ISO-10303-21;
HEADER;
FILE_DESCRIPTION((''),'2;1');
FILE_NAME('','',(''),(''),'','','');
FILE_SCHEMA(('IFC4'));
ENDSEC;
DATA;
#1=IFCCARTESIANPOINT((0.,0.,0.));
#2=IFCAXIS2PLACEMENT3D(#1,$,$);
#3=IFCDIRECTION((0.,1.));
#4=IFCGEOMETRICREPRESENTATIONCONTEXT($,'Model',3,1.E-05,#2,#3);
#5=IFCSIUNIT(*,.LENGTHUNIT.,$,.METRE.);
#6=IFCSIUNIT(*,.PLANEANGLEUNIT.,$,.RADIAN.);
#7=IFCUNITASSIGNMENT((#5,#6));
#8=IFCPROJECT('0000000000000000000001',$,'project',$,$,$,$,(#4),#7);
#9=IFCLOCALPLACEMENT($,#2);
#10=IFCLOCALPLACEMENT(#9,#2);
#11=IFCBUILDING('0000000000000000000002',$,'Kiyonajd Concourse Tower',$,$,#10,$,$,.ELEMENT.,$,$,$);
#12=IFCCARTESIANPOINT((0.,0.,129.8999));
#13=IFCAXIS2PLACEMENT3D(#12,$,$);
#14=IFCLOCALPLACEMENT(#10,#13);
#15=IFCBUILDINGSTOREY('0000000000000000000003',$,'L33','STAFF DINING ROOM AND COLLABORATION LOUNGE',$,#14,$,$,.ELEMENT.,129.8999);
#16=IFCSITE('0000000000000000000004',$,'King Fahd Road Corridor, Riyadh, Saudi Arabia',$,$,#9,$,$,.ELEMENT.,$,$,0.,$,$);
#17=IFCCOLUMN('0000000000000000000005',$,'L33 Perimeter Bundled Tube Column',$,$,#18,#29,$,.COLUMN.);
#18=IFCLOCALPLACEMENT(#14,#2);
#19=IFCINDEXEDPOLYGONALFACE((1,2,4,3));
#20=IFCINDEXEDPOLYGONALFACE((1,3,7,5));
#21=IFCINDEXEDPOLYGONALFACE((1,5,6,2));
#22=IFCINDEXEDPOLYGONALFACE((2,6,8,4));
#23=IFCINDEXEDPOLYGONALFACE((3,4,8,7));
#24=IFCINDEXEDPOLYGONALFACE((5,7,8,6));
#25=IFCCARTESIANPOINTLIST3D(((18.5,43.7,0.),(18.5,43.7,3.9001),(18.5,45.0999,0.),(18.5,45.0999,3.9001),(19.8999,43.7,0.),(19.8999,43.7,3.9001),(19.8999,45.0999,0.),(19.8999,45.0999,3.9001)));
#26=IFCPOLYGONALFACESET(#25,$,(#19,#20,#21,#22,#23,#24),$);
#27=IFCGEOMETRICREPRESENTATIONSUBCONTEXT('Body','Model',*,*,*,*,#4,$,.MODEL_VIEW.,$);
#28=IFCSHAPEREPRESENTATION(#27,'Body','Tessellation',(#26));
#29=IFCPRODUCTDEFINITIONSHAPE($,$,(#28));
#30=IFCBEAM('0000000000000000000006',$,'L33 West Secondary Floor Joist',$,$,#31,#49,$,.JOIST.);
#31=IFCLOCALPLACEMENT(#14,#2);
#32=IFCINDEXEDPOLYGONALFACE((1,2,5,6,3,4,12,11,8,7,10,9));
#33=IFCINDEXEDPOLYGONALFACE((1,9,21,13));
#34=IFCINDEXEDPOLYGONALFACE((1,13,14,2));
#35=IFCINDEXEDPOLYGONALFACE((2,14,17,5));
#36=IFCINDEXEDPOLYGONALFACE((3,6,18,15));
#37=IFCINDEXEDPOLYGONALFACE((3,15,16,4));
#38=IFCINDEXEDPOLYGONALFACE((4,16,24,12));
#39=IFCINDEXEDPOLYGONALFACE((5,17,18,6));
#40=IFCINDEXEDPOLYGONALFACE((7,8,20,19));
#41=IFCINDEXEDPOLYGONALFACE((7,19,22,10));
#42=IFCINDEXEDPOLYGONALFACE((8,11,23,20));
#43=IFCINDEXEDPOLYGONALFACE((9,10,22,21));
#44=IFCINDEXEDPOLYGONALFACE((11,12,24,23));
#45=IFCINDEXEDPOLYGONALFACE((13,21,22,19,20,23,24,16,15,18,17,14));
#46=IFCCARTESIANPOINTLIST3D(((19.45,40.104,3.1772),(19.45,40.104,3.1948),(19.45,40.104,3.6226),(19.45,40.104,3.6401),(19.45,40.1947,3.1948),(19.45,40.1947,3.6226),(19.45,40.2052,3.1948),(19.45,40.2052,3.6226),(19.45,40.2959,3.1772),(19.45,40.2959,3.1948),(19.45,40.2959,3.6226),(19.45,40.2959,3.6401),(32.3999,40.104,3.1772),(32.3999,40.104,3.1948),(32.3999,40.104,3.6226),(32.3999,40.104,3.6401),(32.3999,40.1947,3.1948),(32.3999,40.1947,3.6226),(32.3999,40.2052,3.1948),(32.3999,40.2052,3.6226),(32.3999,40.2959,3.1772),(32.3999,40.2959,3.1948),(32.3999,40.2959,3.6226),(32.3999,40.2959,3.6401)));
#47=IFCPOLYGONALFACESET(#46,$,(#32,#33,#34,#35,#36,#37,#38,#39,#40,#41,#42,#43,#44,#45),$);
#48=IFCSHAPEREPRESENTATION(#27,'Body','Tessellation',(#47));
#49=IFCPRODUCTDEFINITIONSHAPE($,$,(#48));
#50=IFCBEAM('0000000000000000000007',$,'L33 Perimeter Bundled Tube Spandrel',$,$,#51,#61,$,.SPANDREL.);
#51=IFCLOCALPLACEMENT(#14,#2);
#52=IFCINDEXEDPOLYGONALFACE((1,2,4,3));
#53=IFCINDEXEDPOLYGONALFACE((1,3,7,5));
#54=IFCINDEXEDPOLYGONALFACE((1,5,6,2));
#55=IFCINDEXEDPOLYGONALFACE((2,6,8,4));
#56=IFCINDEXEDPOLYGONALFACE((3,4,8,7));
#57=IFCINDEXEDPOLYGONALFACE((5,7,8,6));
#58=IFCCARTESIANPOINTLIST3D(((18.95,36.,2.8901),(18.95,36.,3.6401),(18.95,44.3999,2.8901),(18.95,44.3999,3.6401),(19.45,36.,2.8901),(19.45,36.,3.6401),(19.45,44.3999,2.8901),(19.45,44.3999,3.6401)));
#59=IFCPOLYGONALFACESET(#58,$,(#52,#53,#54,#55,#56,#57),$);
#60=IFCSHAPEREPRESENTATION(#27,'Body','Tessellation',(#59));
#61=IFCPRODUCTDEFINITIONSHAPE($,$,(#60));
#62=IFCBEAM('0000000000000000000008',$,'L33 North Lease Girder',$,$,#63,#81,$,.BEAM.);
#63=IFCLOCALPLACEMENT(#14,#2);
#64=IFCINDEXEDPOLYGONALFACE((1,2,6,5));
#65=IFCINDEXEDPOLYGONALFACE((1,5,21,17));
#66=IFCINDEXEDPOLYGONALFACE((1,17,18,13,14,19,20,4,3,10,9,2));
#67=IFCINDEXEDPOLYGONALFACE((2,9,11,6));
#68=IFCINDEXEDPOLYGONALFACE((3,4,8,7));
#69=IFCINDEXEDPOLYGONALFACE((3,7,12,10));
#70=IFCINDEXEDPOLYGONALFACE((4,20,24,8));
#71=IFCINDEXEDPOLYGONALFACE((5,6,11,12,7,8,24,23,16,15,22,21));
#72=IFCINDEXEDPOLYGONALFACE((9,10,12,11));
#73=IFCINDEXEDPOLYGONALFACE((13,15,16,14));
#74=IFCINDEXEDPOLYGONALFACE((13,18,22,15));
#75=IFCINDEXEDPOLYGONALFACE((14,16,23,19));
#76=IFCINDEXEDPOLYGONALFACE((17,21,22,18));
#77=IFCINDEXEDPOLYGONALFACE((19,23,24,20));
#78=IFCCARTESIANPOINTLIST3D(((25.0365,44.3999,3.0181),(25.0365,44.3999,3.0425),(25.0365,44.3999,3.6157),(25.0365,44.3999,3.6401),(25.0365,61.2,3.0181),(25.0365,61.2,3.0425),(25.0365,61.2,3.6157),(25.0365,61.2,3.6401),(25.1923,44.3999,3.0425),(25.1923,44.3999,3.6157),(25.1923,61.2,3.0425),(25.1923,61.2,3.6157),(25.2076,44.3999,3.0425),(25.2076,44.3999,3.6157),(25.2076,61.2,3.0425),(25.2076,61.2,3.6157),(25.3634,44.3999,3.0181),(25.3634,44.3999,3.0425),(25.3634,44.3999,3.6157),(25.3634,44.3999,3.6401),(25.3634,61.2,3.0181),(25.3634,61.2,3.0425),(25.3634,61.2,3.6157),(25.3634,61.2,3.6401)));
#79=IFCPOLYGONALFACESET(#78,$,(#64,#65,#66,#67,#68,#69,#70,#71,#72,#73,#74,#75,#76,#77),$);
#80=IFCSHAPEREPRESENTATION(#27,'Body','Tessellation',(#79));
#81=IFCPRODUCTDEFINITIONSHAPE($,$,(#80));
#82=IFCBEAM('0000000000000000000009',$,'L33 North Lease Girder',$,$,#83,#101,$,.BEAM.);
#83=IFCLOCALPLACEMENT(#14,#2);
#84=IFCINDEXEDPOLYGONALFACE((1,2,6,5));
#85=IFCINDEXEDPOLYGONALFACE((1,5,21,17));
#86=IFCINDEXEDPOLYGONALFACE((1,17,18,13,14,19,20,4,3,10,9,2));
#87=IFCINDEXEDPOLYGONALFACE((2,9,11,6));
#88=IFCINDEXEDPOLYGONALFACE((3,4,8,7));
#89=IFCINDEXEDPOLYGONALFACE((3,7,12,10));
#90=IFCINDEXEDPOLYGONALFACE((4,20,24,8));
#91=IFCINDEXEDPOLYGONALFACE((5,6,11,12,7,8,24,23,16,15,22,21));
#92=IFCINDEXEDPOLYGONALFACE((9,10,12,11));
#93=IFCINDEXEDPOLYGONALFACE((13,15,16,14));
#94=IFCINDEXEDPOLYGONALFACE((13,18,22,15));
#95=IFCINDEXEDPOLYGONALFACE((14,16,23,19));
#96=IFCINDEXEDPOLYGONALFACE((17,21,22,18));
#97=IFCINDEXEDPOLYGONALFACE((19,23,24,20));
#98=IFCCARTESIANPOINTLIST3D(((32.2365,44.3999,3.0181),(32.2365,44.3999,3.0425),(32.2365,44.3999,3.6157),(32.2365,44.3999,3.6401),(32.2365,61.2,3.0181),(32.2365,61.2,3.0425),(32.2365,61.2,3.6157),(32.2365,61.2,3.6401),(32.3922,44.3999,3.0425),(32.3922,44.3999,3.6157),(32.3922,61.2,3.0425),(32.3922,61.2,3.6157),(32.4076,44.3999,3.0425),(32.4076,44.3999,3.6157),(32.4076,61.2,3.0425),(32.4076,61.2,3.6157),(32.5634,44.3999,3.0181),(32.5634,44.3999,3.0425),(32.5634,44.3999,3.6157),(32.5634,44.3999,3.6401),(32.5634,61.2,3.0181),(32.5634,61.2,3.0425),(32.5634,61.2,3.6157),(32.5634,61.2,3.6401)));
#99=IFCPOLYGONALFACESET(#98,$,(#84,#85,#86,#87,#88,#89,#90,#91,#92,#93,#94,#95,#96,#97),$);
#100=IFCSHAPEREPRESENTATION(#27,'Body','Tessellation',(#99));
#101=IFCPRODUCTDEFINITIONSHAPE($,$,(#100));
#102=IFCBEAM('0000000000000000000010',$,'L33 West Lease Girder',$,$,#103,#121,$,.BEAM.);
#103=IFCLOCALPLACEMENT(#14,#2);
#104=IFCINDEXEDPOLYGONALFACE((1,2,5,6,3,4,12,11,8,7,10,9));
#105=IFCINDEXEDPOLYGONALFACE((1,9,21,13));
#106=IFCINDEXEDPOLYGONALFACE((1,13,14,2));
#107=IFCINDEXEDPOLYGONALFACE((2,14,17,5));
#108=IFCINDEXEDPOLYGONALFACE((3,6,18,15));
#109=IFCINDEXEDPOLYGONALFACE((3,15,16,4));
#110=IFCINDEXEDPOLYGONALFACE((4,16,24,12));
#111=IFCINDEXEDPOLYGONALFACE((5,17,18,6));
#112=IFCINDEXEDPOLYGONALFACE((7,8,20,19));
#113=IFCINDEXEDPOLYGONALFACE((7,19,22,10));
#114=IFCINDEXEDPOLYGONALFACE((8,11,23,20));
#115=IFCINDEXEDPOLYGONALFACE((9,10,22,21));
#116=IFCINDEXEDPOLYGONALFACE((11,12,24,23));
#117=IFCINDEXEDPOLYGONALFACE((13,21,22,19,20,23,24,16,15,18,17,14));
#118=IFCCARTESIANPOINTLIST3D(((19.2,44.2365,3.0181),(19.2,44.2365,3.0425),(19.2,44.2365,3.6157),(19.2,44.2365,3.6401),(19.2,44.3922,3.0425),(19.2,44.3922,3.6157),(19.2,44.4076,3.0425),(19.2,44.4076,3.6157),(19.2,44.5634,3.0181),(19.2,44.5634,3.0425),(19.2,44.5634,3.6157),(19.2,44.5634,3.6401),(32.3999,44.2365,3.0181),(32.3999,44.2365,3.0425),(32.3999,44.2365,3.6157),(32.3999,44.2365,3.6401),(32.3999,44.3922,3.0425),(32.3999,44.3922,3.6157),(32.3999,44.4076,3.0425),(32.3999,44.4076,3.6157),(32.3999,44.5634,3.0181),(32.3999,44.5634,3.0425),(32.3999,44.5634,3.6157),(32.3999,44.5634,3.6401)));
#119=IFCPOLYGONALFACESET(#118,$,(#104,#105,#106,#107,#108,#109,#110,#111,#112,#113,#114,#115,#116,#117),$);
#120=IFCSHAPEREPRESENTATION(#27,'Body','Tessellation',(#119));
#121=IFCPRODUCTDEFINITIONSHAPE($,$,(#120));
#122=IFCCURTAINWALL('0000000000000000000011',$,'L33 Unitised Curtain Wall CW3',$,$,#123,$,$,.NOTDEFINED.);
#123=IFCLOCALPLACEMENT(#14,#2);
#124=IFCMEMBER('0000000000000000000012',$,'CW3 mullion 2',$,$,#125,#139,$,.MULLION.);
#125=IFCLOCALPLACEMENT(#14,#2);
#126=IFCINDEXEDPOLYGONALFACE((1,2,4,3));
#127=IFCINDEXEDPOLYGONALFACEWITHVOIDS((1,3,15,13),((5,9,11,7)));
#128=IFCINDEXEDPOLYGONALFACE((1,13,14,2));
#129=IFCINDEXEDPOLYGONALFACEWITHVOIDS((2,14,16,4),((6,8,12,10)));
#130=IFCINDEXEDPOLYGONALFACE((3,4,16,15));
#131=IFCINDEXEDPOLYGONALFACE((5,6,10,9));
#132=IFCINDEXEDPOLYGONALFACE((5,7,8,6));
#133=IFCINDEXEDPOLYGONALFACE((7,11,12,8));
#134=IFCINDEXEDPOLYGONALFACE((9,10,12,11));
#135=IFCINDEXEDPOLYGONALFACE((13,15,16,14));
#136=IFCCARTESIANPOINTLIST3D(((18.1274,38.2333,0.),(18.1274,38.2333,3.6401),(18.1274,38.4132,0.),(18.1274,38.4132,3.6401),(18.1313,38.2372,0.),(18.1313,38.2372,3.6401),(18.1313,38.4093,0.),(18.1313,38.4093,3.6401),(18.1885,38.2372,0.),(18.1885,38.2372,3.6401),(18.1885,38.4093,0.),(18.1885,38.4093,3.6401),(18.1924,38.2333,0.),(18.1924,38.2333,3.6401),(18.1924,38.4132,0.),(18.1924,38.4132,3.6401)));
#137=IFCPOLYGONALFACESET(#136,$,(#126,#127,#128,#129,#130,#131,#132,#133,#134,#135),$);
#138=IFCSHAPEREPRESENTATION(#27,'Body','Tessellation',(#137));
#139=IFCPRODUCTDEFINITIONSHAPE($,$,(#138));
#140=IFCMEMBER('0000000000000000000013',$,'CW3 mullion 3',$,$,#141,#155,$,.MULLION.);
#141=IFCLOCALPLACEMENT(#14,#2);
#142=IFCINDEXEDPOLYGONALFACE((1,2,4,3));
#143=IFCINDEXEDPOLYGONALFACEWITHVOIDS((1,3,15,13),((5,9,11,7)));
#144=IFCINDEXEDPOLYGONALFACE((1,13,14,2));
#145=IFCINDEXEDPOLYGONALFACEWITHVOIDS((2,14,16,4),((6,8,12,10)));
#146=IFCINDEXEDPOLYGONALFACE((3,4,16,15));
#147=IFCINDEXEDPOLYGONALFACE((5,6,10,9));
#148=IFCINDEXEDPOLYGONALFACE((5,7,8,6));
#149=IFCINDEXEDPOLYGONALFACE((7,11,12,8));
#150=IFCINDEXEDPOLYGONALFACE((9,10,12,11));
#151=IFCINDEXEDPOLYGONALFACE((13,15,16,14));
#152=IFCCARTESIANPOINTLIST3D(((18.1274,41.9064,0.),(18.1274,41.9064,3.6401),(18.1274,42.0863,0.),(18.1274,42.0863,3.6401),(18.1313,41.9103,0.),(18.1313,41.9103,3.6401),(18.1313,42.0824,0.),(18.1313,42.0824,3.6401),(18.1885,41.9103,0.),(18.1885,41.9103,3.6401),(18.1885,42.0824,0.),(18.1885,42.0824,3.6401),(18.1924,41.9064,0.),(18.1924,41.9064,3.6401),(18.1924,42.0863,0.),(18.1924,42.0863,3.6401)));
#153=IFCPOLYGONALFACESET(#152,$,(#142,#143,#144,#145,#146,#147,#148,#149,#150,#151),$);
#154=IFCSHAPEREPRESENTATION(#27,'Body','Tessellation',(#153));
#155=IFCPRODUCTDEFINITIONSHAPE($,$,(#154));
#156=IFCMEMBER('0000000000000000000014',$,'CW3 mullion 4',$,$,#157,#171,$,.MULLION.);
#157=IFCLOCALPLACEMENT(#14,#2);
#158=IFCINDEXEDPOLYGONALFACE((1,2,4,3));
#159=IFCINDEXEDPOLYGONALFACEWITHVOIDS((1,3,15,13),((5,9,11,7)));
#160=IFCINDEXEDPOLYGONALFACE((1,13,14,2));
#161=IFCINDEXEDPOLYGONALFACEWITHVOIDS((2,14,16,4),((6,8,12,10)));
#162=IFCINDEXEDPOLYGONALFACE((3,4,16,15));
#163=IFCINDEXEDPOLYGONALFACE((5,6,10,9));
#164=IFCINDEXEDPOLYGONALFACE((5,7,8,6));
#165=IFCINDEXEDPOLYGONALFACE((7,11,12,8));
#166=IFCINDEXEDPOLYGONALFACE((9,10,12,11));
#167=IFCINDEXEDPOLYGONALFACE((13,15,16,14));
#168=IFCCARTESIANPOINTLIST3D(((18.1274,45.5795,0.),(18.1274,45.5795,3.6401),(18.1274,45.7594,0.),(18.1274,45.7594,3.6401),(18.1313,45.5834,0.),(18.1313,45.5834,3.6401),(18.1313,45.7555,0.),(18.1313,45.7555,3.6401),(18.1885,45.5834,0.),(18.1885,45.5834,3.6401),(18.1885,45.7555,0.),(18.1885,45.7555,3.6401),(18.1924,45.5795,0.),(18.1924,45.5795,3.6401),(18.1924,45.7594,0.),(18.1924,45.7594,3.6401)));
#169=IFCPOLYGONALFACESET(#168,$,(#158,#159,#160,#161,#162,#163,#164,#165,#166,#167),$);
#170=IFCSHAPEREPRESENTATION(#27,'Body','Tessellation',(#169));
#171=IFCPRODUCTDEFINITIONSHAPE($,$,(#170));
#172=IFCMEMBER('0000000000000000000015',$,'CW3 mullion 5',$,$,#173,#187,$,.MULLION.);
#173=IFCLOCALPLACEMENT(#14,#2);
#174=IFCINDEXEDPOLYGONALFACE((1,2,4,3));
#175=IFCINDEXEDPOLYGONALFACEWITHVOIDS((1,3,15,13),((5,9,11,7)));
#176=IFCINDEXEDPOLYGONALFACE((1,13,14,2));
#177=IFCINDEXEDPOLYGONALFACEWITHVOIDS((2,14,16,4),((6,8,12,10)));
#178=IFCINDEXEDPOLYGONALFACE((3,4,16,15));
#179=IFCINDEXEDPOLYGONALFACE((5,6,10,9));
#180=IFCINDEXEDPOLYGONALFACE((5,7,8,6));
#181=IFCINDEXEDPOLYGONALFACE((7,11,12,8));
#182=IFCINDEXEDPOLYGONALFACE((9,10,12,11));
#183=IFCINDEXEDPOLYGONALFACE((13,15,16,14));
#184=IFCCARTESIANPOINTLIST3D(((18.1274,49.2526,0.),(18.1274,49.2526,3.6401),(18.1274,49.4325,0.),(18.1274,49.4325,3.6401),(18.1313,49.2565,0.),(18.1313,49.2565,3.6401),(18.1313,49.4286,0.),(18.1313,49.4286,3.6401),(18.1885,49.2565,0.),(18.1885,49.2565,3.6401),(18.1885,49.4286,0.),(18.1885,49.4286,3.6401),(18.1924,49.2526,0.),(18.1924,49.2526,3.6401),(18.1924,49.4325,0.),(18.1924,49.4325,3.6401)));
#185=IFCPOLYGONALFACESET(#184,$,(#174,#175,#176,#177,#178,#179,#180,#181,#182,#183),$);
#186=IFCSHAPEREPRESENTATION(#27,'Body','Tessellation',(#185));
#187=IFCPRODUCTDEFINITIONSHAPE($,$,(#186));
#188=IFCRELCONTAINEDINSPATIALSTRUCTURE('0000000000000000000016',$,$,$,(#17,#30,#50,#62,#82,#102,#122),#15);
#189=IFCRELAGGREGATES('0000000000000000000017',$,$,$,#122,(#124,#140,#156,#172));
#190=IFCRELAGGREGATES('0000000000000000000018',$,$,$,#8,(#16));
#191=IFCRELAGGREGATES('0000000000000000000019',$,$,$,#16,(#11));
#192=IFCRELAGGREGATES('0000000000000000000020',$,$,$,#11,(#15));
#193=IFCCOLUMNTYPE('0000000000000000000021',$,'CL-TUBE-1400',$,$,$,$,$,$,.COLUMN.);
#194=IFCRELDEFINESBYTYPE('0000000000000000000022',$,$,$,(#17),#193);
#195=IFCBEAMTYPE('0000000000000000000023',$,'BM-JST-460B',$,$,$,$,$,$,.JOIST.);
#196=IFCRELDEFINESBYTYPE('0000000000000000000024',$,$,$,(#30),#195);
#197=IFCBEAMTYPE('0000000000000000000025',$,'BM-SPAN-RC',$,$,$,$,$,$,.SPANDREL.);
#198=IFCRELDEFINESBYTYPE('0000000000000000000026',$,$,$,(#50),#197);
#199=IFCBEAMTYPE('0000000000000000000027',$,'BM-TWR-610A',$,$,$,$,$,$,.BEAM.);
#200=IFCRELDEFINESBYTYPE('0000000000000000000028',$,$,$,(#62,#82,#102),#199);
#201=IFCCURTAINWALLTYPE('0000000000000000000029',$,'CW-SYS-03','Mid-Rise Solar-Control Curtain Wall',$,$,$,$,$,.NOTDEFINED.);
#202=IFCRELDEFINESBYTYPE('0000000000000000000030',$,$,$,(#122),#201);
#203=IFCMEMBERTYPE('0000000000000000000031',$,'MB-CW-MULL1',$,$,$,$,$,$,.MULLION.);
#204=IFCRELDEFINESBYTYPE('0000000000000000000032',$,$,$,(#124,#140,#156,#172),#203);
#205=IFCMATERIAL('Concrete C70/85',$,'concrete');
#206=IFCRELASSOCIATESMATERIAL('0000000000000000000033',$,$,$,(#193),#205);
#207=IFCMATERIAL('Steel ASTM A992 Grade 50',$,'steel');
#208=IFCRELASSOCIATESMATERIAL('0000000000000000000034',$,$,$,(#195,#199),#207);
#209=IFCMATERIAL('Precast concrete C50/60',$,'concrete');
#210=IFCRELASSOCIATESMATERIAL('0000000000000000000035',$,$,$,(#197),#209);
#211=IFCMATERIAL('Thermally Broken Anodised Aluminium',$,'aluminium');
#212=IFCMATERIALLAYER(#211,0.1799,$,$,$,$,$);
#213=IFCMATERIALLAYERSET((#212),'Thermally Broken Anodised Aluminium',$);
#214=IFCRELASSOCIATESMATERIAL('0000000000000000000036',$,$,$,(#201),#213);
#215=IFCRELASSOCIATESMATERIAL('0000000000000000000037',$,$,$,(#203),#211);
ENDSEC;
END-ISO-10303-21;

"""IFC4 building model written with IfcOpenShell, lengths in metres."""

from ifc_helpers import new_model, si_unit, direction, frame, origin, origin_2d, place, context, subcontext, project, spatial, rectangle, hollow_rectangle, i_section, extrude, material, layer, layer_set, material_profile, profile_set, type_object, element, aggregate, save


model = new_model("IFC4")

# Units and contexts
model_context = context("Model", 3, precision=1e-05, world=origin(), true_north=direction((0.0, 1.0)))
body_context = subcontext(model_context, "Body", "Model", "MODEL_VIEW")
ifc_project = project(units=[si_unit("LENGTHUNIT", "METRE"), si_unit("PLANEANGLEUNIT", "RADIAN")], contexts=[model_context])

# Site, building, storey
site_placement = place(None, origin())
site = spatial("IfcSite", under=ifc_project, at=site_placement, Name="King Fahd Road Corridor, Riyadh, Saudi Arabia", CompositionType="ELEMENT", RefElevation=0.0)
building_placement = place(site_placement, origin())
building = spatial("IfcBuilding", under=site, at=building_placement, Name="Kiyonajd Concourse Tower", CompositionType="ELEMENT")
storey_placement = place(building_placement, frame((0.0, 0.0, 129.8999)))
storey = spatial("IfcBuildingStorey", under=building, at=storey_placement, Name="L33", Description="STAFF DINING ROOM AND COLLABORATION LOUNGE", CompositionType="ELEMENT", Elevation=129.8999)

# Column
ifc_material_1 = material(Name="Concrete C70/85", Category="concrete")
ifc_material_profile_1 = material_profile(ifc_material_1, rectangle(XDim=1.3999, YDim=1.3999, at=origin_2d()), Name="RC-1400x1400")
ifc_profile_set_1 = profile_set([ifc_material_profile_1], Name="Concrete C70/85")
column_type = type_object("IfcColumnType", Name="CL-TUBE-1400", PredefinedType="COLUMN", material=ifc_profile_set_1)
column_placement = place(storey_placement, frame((19.2, 44.3999, 0.0), z_axis=(0.0, 0.0, 1.0), x_axis=(1.0, 0.0, 0.0)))
element("IfcColumn", 1, at=column_placement, inside=storey, type_object=column_type, Name="L33 Perimeter Bundled Tube Column", PredefinedType="COLUMN", context=body_context, shape_type="SweptSolid", body=[
    extrude(rectangle(XDim=1.3999, YDim=1.3999, at=origin_2d()), origin(), (0.0, 0.0, 1.0), 3.9001),
])

# Beams
ifc_material_2 = material(Name="Steel ASTM A992 Grade 50", Category="steel")
ifc_material_profile_2 = material_profile(ifc_material_2, i_section(OverallWidth=0.1919, OverallDepth=0.4629, WebThickness=0.0105, FlangeThickness=0.0176, at=origin_2d()), Name="W460X89")
ifc_profile_set_2 = profile_set([ifc_material_profile_2], Name="Steel ASTM A992 Grade 50")
beam_type_1 = type_object("IfcBeamType", Name="BM-JST-460B", PredefinedType="JOIST", material=ifc_profile_set_2)
beam_1_placement = place(storey_placement, frame((19.45, 40.2, 3.4087), z_axis=(1.0, 0.0, 0.0), x_axis=(0.0, 1.0, 0.0)))
element("IfcBeam", 2, at=beam_1_placement, inside=storey, type_object=beam_type_1, Name="L33 West Secondary Floor Joist", PredefinedType="JOIST", context=body_context, shape_type="SweptSolid", body=[
    extrude(i_section(OverallWidth=0.1919, OverallDepth=0.4629, WebThickness=0.0105, FlangeThickness=0.0176, at=origin_2d()), origin(), (0.0, 0.0, 1.0), 12.95),
])
ifc_material_3 = material(Name="Precast concrete C50/60", Category="concrete")
ifc_material_profile_3 = material_profile(ifc_material_3, rectangle(XDim=0.5, YDim=0.75, at=origin_2d()), Name="RCBM-500x750")
ifc_profile_set_3 = profile_set([ifc_material_profile_3], Name="Precast concrete C50/60")
beam_type_2 = type_object("IfcBeamType", Name="BM-SPAN-RC", PredefinedType="SPANDREL", material=ifc_profile_set_3)
beam_2_placement = place(storey_placement, frame((19.2, 44.3999, 3.2651), z_axis=(0.0, -1.0, 0.0), x_axis=(1.0, 0.0, 0.0)))
element("IfcBeam", 3, at=beam_2_placement, inside=storey, type_object=beam_type_2, Name="L33 Perimeter Bundled Tube Spandrel", PredefinedType="SPANDREL", context=body_context, shape_type="SweptSolid", body=[
    extrude(rectangle(XDim=0.5, YDim=0.75, at=origin_2d()), origin(), (0.0, 0.0, 1.0), 8.3999),
])
ifc_material_profile_4 = material_profile(ifc_material_2, i_section(OverallWidth=0.3269, OverallDepth=0.6221, WebThickness=0.0154, FlangeThickness=0.0244, at=origin_2d()), Name="W610X195")
ifc_profile_set_4 = profile_set([ifc_material_profile_4], Name="Steel ASTM A992 Grade 50")
beam_type_3 = type_object("IfcBeamType", Name="BM-TWR-610A", PredefinedType="BEAM", material=ifc_profile_set_4)
for number, where, z_axis, x_axis, name in (
    (4, (25.2, 44.3999, 3.3291), (0.0, 1.0, 0.0), (-1.0, 0.0, 0.0), "L33 North Lease Girder"),
    (5, (32.3999, 44.3999, 3.3291), (0.0, 1.0, 0.0), (-1.0, 0.0, 0.0), "L33 North Lease Girder"),
):
    element("IfcBeam", number, at=place(storey_placement, frame(where, z_axis=z_axis, x_axis=x_axis)), inside=storey, type_object=beam_type_3, Name=name, PredefinedType="BEAM", context=body_context, shape_type="SweptSolid", body=[
        extrude(i_section(OverallWidth=0.3269, OverallDepth=0.6221, WebThickness=0.0154, FlangeThickness=0.0244, at=origin_2d()), origin(), (0.0, 0.0, 1.0), 16.8),
    ])
beam_3_placement = place(storey_placement, frame((19.2, 44.3999, 3.3291), z_axis=(1.0, 0.0, 0.0), x_axis=(0.0, 1.0, 0.0)))
element("IfcBeam", 6, at=beam_3_placement, inside=storey, type_object=beam_type_3, Name="L33 West Lease Girder", PredefinedType="BEAM", context=body_context, shape_type="SweptSolid", body=[
    extrude(i_section(OverallWidth=0.3269, OverallDepth=0.6221, WebThickness=0.0154, FlangeThickness=0.0244, at=origin_2d()), origin(), (0.0, 0.0, 1.0), 13.2),
])

# Curtain wall, members
ifc_material_4 = material(Name="Thermally Broken Anodised Aluminium", Category="aluminium")
ifc_layer_1 = layer(ifc_material_4, 0.1799)
ifc_layer_set_1 = layer_set([ifc_layer_1], Name="Thermally Broken Anodised Aluminium")
curtain_wall_type = type_object("IfcCurtainWallType", Name="CW-SYS-03", Description="Mid-Rise Solar-Control Curtain Wall", PredefinedType="NOTDEFINED", material=ifc_layer_set_1)
curtain_wall_placement = place(storey_placement, origin())
curtain_wall = element("IfcCurtainWall", 7, at=curtain_wall_placement, inside=storey, type_object=curtain_wall_type, Name="L33 Unitised Curtain Wall CW3", PredefinedType="NOTDEFINED")
ifc_material_profile_5 = material_profile(ifc_material_4, hollow_rectangle(XDim=0.0649, YDim=0.1799, WallThickness=0.0039, at=origin_2d()), Name="MULL-65x180")
ifc_profile_set_5 = profile_set([ifc_material_profile_5], Name="Thermally Broken Anodised Aluminium")
member_type_1 = type_object("IfcMemberType", Name="MB-CW-MULL1", PredefinedType="MULLION", material=ifc_profile_set_5)
member_1_placement = place(storey_placement, frame((18.1599, 38.3232, 0.0), z_axis=(0.0, 0.0, 1.0), x_axis=(-1.0, 0.0, 0.0)))
member_1 = element("IfcMember", 8, at=member_1_placement, type_object=member_type_1, Name="CW3 mullion 2", PredefinedType="MULLION", context=body_context, shape_type="SweptSolid", body=[
    extrude(hollow_rectangle(XDim=0.0649, YDim=0.1799, WallThickness=0.0039, at=origin_2d()), origin(), (0.0, 0.0, 1.0), 3.6401),
])
member_2_placement = place(storey_placement, frame((18.1599, 41.9963, 0.0), z_axis=(0.0, 0.0, 1.0), x_axis=(-1.0, 0.0, 0.0)))
member_2 = element("IfcMember", 9, at=member_2_placement, type_object=member_type_1, Name="CW3 mullion 3", PredefinedType="MULLION", context=body_context, shape_type="SweptSolid", body=[
    extrude(hollow_rectangle(XDim=0.0649, YDim=0.1799, WallThickness=0.0039, at=origin_2d()), origin(), (0.0, 0.0, 1.0), 3.6401),
])
member_3_placement = place(storey_placement, frame((18.1599, 45.6694, 0.0), z_axis=(0.0, 0.0, 1.0), x_axis=(-1.0, 0.0, 0.0)))
member_3 = element("IfcMember", 10, at=member_3_placement, type_object=member_type_1, Name="CW3 mullion 4", PredefinedType="MULLION", context=body_context, shape_type="SweptSolid", body=[
    extrude(hollow_rectangle(XDim=0.0649, YDim=0.1799, WallThickness=0.0039, at=origin_2d()), origin(), (0.0, 0.0, 1.0), 3.6401),
])
member_4_placement = place(storey_placement, frame((18.1599, 49.3425, 0.0), z_axis=(0.0, 0.0, 1.0), x_axis=(-1.0, 0.0, 0.0)))
member_4 = element("IfcMember", 11, at=member_4_placement, type_object=member_type_1, Name="CW3 mullion 5", PredefinedType="MULLION", context=body_context, shape_type="SweptSolid", body=[
    extrude(hollow_rectangle(XDim=0.0649, YDim=0.1799, WallThickness=0.0039, at=origin_2d()), origin(), (0.0, 0.0, 1.0), 3.6401),
])
aggregate(curtain_wall, [member_1, member_2, member_3, member_4])

save(model, "model.ifc")
